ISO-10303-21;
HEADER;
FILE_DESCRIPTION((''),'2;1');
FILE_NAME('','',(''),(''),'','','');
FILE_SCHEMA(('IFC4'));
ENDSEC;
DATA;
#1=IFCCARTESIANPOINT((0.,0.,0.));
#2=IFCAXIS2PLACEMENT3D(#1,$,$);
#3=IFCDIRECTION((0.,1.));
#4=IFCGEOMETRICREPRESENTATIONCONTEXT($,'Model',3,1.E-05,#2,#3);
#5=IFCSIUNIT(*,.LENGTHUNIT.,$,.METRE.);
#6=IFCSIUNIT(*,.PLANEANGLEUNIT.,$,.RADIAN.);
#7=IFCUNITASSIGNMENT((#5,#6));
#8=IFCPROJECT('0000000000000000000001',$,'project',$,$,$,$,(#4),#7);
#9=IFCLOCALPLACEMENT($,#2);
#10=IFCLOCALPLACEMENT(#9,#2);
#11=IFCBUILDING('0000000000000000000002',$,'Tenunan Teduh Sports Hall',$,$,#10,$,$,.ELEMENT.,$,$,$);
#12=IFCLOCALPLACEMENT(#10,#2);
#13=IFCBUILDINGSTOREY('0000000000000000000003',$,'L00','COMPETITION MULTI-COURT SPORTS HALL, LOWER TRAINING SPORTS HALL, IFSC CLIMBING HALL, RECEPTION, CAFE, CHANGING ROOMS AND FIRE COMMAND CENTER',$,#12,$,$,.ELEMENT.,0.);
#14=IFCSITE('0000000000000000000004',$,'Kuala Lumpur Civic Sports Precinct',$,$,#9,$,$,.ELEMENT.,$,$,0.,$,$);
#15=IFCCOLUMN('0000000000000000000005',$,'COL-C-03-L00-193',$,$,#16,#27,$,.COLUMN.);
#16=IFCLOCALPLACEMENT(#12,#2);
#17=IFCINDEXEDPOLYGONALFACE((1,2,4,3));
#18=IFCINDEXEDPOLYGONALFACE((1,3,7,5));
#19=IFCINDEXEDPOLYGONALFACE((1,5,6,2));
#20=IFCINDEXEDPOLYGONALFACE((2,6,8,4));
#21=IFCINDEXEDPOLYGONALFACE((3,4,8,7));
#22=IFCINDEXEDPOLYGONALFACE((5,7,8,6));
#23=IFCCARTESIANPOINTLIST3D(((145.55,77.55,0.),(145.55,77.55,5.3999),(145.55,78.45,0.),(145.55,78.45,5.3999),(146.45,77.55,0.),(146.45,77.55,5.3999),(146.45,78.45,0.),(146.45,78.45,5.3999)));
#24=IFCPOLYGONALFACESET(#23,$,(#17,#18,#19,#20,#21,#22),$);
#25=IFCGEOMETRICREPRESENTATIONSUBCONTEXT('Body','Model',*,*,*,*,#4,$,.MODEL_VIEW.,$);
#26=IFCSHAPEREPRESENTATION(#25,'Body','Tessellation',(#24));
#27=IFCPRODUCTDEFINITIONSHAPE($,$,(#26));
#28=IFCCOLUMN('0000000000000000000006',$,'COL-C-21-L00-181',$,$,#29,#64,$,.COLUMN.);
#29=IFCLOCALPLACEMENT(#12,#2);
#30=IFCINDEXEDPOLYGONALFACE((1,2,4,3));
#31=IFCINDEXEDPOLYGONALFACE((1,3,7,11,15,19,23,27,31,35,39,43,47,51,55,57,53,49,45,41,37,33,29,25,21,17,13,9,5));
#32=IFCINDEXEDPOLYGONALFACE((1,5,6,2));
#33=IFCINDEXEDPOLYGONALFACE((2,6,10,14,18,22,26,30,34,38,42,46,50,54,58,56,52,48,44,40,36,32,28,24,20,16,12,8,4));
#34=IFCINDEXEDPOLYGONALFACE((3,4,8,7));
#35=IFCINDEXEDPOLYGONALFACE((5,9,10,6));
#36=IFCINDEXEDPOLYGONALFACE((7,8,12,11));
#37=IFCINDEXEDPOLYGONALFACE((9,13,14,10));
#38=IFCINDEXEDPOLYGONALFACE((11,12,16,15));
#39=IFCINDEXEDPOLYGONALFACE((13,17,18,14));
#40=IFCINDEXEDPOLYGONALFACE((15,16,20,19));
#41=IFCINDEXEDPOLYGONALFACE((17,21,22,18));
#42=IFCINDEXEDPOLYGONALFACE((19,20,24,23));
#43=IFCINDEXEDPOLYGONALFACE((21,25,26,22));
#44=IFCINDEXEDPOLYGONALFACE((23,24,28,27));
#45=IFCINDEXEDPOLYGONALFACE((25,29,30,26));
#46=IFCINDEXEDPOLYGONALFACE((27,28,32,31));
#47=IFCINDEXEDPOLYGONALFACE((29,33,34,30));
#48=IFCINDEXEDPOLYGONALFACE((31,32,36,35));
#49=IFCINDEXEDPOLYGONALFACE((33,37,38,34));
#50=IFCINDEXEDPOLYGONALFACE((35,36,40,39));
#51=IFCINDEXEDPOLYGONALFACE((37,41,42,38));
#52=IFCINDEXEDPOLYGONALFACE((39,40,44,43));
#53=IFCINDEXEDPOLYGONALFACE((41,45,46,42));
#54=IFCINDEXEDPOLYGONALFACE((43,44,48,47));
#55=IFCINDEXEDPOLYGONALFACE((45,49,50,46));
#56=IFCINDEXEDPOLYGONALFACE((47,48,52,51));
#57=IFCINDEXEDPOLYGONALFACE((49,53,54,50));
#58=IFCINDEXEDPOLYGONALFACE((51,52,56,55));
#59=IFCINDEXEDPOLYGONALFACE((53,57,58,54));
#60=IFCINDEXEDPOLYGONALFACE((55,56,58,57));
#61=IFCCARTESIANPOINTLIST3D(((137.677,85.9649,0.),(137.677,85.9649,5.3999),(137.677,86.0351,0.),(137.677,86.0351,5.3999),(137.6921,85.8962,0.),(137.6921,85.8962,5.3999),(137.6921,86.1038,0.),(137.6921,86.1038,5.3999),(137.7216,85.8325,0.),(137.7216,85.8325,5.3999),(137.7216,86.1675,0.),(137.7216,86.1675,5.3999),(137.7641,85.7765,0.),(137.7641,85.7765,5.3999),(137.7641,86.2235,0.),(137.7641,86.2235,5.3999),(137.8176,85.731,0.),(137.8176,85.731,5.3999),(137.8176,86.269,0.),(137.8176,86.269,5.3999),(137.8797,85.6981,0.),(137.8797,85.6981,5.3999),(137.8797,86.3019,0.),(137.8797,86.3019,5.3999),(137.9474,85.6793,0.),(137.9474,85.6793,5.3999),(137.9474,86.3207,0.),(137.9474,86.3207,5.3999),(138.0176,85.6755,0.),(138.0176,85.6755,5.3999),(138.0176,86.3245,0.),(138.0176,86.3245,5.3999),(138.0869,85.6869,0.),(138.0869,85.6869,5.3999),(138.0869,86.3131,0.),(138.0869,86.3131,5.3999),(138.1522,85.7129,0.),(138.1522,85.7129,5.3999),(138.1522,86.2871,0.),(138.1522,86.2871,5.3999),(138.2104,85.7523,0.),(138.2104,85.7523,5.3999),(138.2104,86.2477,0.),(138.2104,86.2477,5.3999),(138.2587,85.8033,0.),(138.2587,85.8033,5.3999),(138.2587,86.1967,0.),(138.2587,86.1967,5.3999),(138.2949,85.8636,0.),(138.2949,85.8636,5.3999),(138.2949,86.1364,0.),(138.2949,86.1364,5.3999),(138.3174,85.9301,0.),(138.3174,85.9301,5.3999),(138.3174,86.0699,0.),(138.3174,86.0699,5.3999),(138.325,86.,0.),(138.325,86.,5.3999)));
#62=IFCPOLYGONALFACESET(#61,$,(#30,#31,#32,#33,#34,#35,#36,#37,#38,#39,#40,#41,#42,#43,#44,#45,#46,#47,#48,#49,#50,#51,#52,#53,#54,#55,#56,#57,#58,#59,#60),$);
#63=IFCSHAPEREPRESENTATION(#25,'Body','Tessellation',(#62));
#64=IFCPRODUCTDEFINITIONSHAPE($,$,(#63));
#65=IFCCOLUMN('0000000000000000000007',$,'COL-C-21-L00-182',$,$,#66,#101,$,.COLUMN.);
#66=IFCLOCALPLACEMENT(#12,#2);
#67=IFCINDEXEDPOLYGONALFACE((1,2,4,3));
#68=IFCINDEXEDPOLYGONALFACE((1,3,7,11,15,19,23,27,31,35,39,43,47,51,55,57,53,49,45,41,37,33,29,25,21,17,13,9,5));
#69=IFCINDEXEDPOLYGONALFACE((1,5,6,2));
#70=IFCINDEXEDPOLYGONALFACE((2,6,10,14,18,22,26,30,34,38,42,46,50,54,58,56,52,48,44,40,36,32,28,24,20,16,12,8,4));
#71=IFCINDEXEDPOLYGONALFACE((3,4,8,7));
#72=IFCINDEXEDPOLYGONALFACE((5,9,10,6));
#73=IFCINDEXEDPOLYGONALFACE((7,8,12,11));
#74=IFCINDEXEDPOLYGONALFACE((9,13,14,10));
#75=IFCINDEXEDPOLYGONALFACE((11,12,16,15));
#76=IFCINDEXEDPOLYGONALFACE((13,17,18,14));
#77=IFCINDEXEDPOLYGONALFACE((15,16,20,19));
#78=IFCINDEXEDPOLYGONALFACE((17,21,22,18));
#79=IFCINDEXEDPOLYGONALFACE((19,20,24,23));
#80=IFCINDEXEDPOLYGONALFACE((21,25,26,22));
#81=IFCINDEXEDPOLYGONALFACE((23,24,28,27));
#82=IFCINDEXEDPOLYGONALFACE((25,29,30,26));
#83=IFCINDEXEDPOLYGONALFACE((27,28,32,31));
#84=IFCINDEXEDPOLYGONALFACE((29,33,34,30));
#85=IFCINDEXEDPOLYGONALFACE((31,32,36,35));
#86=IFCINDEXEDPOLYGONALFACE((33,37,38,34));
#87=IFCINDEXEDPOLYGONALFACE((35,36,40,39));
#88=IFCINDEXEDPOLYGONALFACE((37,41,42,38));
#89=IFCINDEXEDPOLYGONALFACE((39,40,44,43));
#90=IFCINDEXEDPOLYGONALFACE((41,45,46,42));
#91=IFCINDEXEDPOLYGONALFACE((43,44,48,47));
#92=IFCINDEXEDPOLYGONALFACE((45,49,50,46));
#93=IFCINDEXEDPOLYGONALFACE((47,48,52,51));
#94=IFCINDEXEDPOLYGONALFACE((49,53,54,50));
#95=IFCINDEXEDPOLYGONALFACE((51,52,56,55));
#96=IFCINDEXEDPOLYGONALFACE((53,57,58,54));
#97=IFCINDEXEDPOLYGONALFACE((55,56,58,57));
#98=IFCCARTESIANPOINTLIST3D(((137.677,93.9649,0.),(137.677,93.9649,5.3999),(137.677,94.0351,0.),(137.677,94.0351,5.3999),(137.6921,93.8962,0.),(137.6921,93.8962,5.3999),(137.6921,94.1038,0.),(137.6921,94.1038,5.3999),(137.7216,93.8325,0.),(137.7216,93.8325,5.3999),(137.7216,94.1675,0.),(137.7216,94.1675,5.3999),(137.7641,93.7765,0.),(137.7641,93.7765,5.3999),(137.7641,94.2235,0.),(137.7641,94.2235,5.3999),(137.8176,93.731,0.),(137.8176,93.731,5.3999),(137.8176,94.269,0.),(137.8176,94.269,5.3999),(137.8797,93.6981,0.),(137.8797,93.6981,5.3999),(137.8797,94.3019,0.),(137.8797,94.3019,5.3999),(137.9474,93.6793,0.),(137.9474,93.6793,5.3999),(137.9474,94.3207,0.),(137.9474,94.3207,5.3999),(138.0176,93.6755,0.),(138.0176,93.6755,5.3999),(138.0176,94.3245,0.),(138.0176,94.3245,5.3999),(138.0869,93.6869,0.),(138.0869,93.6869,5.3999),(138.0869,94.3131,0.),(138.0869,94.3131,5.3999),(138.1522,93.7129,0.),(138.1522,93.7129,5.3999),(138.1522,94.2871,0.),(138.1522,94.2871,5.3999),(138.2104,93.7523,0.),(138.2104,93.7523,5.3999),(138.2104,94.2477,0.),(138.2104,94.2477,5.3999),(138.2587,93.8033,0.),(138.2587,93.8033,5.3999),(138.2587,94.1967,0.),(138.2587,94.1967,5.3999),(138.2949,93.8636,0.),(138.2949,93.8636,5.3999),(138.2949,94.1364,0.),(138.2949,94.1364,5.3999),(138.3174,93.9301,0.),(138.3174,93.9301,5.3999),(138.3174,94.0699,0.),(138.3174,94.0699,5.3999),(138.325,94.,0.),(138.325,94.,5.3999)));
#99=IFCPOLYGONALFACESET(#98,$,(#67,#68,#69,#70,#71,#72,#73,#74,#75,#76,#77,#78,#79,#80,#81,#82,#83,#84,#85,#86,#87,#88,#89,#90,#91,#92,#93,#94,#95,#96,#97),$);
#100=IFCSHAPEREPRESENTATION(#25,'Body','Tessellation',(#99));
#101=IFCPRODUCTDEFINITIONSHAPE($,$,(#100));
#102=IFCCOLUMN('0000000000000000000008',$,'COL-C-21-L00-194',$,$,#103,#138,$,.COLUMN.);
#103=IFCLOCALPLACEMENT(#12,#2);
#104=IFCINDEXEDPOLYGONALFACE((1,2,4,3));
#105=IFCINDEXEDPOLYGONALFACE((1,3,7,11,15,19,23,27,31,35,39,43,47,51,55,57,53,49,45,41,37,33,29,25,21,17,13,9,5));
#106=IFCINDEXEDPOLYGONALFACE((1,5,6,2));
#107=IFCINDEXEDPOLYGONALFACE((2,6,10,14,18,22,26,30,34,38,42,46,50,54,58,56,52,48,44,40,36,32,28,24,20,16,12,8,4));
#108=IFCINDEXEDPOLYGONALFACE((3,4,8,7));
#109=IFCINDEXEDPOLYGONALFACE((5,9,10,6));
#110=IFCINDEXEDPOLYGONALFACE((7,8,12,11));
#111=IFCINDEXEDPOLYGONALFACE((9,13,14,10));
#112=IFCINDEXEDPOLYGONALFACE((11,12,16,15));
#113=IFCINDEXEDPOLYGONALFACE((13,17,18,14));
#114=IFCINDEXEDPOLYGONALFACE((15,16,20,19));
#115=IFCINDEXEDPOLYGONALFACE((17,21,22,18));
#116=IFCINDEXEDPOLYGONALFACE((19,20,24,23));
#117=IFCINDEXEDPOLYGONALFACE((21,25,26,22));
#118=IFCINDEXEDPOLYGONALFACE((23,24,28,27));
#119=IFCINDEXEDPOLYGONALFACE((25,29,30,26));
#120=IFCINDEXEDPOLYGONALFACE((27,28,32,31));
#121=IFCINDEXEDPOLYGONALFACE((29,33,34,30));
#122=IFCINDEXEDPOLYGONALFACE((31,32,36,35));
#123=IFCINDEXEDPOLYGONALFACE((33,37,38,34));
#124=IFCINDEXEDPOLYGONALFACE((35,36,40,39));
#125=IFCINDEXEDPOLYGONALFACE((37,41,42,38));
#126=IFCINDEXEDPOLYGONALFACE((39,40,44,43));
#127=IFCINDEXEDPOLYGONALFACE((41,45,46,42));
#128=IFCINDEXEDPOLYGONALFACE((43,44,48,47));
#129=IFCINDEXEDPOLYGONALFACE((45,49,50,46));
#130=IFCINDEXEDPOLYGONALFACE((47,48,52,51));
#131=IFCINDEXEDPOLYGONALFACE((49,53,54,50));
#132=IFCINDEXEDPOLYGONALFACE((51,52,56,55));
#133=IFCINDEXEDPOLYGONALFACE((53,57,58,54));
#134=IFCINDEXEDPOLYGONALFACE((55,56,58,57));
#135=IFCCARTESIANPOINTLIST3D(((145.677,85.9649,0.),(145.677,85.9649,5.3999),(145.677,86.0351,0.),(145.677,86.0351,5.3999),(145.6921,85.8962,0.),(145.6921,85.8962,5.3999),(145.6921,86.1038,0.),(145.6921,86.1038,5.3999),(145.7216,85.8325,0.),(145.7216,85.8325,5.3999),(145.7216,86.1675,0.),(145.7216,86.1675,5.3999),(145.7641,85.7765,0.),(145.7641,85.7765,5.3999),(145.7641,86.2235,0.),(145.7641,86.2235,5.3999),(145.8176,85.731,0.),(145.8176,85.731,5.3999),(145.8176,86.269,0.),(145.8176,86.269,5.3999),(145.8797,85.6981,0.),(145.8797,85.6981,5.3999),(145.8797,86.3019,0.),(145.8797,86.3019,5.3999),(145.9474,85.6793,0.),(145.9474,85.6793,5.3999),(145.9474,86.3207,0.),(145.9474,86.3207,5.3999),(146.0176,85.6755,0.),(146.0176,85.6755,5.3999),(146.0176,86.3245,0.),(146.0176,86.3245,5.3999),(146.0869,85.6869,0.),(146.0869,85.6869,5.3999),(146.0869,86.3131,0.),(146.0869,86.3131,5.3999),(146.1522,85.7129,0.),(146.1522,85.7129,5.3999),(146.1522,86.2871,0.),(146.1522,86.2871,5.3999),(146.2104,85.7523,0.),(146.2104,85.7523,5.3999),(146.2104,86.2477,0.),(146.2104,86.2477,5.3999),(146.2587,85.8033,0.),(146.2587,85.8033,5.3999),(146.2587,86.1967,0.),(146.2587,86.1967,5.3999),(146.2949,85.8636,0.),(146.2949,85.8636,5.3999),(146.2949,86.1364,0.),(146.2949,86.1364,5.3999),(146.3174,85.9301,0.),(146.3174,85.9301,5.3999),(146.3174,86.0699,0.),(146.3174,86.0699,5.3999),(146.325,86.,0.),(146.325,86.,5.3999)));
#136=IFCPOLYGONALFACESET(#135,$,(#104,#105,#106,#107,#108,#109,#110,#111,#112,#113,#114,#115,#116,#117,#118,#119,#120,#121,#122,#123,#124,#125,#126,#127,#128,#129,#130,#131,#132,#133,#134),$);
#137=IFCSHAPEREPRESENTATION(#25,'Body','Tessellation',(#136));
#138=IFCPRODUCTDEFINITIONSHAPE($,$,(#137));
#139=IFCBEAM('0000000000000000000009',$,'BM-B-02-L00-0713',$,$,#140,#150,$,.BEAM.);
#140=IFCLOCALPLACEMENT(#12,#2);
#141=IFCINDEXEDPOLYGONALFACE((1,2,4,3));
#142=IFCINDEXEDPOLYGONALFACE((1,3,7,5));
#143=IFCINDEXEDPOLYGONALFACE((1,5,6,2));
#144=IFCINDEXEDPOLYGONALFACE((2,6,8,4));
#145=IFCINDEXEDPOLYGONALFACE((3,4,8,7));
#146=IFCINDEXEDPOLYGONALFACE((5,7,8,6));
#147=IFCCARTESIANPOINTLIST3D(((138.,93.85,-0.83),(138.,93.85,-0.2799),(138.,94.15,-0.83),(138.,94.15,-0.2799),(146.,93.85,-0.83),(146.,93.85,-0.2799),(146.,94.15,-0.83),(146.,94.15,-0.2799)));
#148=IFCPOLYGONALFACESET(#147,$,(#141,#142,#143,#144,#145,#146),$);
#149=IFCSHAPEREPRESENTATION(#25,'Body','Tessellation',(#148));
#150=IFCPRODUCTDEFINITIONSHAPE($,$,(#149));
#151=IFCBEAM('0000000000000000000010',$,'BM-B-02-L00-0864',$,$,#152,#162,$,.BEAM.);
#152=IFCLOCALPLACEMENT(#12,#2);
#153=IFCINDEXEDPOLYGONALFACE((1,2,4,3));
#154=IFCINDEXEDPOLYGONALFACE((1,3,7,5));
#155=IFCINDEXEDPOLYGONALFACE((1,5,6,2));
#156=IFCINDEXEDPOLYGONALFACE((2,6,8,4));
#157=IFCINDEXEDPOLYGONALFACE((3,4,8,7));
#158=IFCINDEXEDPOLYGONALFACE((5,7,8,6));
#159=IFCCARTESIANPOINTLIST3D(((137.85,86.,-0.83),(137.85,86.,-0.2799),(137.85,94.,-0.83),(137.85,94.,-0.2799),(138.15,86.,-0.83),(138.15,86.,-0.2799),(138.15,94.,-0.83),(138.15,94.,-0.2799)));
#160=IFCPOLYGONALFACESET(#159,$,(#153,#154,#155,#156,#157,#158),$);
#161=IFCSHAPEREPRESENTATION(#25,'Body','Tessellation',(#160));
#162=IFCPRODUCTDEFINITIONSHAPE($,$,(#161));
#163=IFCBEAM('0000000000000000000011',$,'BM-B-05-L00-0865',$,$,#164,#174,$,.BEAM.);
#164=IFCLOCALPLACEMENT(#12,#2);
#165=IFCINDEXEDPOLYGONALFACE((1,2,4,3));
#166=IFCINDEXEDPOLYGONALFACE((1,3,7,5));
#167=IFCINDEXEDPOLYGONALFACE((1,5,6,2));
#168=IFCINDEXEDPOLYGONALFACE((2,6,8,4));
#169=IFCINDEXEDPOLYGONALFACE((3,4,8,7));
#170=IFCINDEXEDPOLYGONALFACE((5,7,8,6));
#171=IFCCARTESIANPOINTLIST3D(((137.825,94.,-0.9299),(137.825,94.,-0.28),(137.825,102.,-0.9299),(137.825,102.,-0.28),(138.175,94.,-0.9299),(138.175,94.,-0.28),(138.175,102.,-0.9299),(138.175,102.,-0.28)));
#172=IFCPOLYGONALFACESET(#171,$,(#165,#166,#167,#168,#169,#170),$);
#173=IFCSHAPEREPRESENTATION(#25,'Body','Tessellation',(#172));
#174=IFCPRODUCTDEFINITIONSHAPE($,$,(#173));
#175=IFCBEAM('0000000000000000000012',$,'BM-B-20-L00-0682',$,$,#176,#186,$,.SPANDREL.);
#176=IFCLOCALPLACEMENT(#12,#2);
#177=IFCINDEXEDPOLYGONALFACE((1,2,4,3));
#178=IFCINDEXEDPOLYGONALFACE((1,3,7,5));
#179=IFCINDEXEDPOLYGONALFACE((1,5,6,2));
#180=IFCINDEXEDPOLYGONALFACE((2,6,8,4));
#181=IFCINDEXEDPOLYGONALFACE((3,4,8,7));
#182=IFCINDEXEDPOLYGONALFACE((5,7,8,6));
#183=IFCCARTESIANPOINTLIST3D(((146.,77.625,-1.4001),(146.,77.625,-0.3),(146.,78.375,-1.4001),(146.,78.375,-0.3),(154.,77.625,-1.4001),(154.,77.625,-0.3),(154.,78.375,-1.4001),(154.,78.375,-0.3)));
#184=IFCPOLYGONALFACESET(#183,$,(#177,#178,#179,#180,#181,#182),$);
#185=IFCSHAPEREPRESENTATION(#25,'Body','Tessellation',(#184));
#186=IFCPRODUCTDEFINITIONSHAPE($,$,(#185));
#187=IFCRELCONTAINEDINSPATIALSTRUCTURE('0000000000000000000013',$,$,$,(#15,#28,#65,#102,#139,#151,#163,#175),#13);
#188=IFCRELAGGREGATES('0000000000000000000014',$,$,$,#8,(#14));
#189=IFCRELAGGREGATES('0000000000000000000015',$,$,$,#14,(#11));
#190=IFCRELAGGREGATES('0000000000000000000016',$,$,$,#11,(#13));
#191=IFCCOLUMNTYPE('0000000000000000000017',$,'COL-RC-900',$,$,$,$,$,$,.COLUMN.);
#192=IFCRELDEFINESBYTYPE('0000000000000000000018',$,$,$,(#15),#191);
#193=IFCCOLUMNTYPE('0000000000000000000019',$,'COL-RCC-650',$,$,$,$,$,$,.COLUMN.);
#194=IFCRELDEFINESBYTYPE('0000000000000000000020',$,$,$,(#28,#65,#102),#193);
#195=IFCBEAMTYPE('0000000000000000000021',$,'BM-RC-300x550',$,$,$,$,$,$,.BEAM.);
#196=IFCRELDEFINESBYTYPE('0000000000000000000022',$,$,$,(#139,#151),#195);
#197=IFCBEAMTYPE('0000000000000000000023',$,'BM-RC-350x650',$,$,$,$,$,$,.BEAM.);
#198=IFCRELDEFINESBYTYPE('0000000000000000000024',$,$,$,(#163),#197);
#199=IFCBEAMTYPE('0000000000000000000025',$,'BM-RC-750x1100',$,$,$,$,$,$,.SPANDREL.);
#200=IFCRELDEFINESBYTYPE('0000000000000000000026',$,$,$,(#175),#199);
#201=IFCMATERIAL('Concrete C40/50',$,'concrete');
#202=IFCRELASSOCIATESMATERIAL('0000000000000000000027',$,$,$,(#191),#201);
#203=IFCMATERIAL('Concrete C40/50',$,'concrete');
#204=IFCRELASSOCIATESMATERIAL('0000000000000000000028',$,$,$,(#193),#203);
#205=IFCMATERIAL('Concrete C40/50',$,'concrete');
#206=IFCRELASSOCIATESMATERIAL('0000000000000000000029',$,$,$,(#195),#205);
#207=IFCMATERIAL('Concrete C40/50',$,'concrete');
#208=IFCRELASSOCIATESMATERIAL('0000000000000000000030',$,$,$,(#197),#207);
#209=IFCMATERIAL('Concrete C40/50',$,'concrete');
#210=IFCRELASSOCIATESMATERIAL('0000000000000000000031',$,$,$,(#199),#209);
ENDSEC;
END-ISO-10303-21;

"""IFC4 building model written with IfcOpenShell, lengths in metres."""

from ifc_helpers import new_model, si_unit, direction, frame, origin, origin_2d, place, context, subcontext, project, spatial, rectangle, circle, extrude, material, material_profile, profile_set, type_object, element, save


model = new_model("IFC4")

# Units and contexts
model_context = context("Model", 3, precision=1e-05, world=origin(), true_north=direction((0.0, 1.0)))
body_context = subcontext(model_context, "Body", "Model", "MODEL_VIEW")
ifc_project = project(units=[si_unit("LENGTHUNIT", "METRE"), si_unit("PLANEANGLEUNIT", "RADIAN")], contexts=[model_context])

# Site, building, storey
site_placement = place(None, origin())
site = spatial("IfcSite", under=ifc_project, at=site_placement, Name="Kuala Lumpur Civic Sports Precinct", CompositionType="ELEMENT", RefElevation=0.0)
building_placement = place(site_placement, origin())
building = spatial("IfcBuilding", under=site, at=building_placement, Name="Tenunan Teduh Sports Hall", CompositionType="ELEMENT")
storey_placement = place(building_placement, origin())
storey = spatial("IfcBuildingStorey", under=building, at=storey_placement, Name="L00", Description="COMPETITION MULTI-COURT SPORTS HALL, LOWER TRAINING SPORTS HALL, IFSC CLIMBING HALL, RECEPTION, CAFE, CHANGING ROOMS AND FIRE COMMAND CENTER", CompositionType="ELEMENT", Elevation=0.0)

# Columns
ifc_material_1 = material(Name="Concrete C40/50", Category="concrete")
ifc_material_profile_1 = material_profile(ifc_material_1, rectangle(XDim=0.8999, YDim=0.8999, at=origin_2d()), Name="RC 900x900")
ifc_profile_set_1 = profile_set([ifc_material_profile_1], Name="Concrete C40/50")
column_type_1 = type_object("IfcColumnType", Name="COL-RC-900", PredefinedType="COLUMN", material=ifc_profile_set_1)
column_placement = place(storey_placement, frame((146.0, 78.0, 0.0), z_axis=(0.0, 0.0, 1.0), x_axis=(1.0, 0.0, 0.0)))
element("IfcColumn", 1, at=column_placement, inside=storey, type_object=column_type_1, Name="COL-C-03-L00-193", PredefinedType="COLUMN", context=body_context, shape_type="SweptSolid", body=[
    extrude(rectangle(XDim=0.8999, YDim=0.8999, at=origin_2d()), origin(), (0.0, 0.0, 1.0), 5.3999),
])
ifc_material_2 = material(Name="Concrete C40/50", Category="concrete")
ifc_material_profile_2 = material_profile(ifc_material_2, circle(Radius=0.325, at=origin_2d()), Name="RCC D650")
ifc_profile_set_2 = profile_set([ifc_material_profile_2], Name="Concrete C40/50")
column_type_2 = type_object("IfcColumnType", Name="COL-RCC-650", PredefinedType="COLUMN", material=ifc_profile_set_2)
for number, where, z_axis, x_axis, name in (
    (2, (138.0, 86.0, 0.0), (0.0, 0.0, 1.0), (1.0, 0.0, 0.0), "COL-C-21-L00-181"),
    (3, (138.0, 94.0, 0.0), (0.0, 0.0, 1.0), (1.0, 0.0, 0.0), "COL-C-21-L00-182"),
    (4, (146.0, 86.0, 0.0), (0.0, 0.0, 1.0), (1.0, 0.0, 0.0), "COL-C-21-L00-194"),
):
    element("IfcColumn", number, at=place(storey_placement, frame(where, z_axis=z_axis, x_axis=x_axis)), inside=storey, type_object=column_type_2, Name=name, PredefinedType="COLUMN", context=body_context, shape_type="SweptSolid", body=[
        extrude(circle(Radius=0.325, at=origin_2d()), origin(), (0.0, 0.0, 1.0), 5.3999),
    ])

# Beams
ifc_material_3 = material(Name="Concrete C40/50", Category="concrete")
ifc_material_profile_3 = material_profile(ifc_material_3, rectangle(XDim=0.3, YDim=0.55, at=origin_2d()), Name="RCB 300x550")
ifc_profile_set_3 = profile_set([ifc_material_profile_3], Name="Concrete C40/50")
beam_type_1 = type_object("IfcBeamType", Name="BM-RC-300x550", PredefinedType="BEAM", material=ifc_profile_set_3)
for number, where, z_axis, x_axis, name in (
    (5, (138.0, 94.0, -0.5549), (1.0, 0.0, 0.0), (0.0, 1.0, 0.0), "BM-B-02-L00-0713"),
    (6, (138.0, 86.0, -0.5549), (0.0, 1.0, 0.0), (-1.0, 0.0, 0.0), "BM-B-02-L00-0864"),
):
    element("IfcBeam", number, at=place(storey_placement, frame(where, z_axis=z_axis, x_axis=x_axis)), inside=storey, type_object=beam_type_1, Name=name, PredefinedType="BEAM", context=body_context, shape_type="SweptSolid", body=[
        extrude(rectangle(XDim=0.3, YDim=0.55, at=origin_2d()), origin(), (0.0, 0.0, 1.0), 8.0),
    ])
ifc_material_4 = material(Name="Concrete C40/50", Category="concrete")
ifc_material_profile_4 = material_profile(ifc_material_4, rectangle(XDim=0.3501, YDim=0.6499, at=origin_2d()), Name="RCB 350x650")
ifc_profile_set_4 = profile_set([ifc_material_profile_4], Name="Concrete C40/50")
beam_type_2 = type_object("IfcBeamType", Name="BM-RC-350x650", PredefinedType="BEAM", material=ifc_profile_set_4)
beam_1_placement = place(storey_placement, frame((138.0, 94.0, -0.605), z_axis=(0.0, 1.0, 0.0), x_axis=(-1.0, 0.0, 0.0)))
element("IfcBeam", 7, at=beam_1_placement, inside=storey, type_object=beam_type_2, Name="BM-B-05-L00-0865", PredefinedType="BEAM", context=body_context, shape_type="SweptSolid", body=[
    extrude(rectangle(XDim=0.3501, YDim=0.6499, at=origin_2d()), origin(), (0.0, 0.0, 1.0), 8.0),
])
ifc_material_5 = material(Name="Concrete C40/50", Category="concrete")
ifc_material_profile_5 = material_profile(ifc_material_5, rectangle(XDim=0.75, YDim=1.1001, at=origin_2d()), Name="RCB 750x1100")
ifc_profile_set_5 = profile_set([ifc_material_profile_5], Name="Concrete C40/50")
beam_type_3 = type_object("IfcBeamType", Name="BM-RC-750x1100", PredefinedType="SPANDREL", material=ifc_profile_set_5)
beam_2_placement = place(storey_placement, frame((146.0, 78.0, -0.8501), z_axis=(1.0, 0.0, 0.0), x_axis=(0.0, 1.0, 0.0)))
element("IfcBeam", 8, at=beam_2_placement, inside=storey, type_object=beam_type_3, Name="BM-B-20-L00-0682", PredefinedType="SPANDREL", context=body_context, shape_type="SweptSolid", body=[
    extrude(rectangle(XDim=0.75, YDim=1.1001, at=origin_2d()), origin(), (0.0, 0.0, 1.0), 8.0),
])

save(model, "model.ifc")
